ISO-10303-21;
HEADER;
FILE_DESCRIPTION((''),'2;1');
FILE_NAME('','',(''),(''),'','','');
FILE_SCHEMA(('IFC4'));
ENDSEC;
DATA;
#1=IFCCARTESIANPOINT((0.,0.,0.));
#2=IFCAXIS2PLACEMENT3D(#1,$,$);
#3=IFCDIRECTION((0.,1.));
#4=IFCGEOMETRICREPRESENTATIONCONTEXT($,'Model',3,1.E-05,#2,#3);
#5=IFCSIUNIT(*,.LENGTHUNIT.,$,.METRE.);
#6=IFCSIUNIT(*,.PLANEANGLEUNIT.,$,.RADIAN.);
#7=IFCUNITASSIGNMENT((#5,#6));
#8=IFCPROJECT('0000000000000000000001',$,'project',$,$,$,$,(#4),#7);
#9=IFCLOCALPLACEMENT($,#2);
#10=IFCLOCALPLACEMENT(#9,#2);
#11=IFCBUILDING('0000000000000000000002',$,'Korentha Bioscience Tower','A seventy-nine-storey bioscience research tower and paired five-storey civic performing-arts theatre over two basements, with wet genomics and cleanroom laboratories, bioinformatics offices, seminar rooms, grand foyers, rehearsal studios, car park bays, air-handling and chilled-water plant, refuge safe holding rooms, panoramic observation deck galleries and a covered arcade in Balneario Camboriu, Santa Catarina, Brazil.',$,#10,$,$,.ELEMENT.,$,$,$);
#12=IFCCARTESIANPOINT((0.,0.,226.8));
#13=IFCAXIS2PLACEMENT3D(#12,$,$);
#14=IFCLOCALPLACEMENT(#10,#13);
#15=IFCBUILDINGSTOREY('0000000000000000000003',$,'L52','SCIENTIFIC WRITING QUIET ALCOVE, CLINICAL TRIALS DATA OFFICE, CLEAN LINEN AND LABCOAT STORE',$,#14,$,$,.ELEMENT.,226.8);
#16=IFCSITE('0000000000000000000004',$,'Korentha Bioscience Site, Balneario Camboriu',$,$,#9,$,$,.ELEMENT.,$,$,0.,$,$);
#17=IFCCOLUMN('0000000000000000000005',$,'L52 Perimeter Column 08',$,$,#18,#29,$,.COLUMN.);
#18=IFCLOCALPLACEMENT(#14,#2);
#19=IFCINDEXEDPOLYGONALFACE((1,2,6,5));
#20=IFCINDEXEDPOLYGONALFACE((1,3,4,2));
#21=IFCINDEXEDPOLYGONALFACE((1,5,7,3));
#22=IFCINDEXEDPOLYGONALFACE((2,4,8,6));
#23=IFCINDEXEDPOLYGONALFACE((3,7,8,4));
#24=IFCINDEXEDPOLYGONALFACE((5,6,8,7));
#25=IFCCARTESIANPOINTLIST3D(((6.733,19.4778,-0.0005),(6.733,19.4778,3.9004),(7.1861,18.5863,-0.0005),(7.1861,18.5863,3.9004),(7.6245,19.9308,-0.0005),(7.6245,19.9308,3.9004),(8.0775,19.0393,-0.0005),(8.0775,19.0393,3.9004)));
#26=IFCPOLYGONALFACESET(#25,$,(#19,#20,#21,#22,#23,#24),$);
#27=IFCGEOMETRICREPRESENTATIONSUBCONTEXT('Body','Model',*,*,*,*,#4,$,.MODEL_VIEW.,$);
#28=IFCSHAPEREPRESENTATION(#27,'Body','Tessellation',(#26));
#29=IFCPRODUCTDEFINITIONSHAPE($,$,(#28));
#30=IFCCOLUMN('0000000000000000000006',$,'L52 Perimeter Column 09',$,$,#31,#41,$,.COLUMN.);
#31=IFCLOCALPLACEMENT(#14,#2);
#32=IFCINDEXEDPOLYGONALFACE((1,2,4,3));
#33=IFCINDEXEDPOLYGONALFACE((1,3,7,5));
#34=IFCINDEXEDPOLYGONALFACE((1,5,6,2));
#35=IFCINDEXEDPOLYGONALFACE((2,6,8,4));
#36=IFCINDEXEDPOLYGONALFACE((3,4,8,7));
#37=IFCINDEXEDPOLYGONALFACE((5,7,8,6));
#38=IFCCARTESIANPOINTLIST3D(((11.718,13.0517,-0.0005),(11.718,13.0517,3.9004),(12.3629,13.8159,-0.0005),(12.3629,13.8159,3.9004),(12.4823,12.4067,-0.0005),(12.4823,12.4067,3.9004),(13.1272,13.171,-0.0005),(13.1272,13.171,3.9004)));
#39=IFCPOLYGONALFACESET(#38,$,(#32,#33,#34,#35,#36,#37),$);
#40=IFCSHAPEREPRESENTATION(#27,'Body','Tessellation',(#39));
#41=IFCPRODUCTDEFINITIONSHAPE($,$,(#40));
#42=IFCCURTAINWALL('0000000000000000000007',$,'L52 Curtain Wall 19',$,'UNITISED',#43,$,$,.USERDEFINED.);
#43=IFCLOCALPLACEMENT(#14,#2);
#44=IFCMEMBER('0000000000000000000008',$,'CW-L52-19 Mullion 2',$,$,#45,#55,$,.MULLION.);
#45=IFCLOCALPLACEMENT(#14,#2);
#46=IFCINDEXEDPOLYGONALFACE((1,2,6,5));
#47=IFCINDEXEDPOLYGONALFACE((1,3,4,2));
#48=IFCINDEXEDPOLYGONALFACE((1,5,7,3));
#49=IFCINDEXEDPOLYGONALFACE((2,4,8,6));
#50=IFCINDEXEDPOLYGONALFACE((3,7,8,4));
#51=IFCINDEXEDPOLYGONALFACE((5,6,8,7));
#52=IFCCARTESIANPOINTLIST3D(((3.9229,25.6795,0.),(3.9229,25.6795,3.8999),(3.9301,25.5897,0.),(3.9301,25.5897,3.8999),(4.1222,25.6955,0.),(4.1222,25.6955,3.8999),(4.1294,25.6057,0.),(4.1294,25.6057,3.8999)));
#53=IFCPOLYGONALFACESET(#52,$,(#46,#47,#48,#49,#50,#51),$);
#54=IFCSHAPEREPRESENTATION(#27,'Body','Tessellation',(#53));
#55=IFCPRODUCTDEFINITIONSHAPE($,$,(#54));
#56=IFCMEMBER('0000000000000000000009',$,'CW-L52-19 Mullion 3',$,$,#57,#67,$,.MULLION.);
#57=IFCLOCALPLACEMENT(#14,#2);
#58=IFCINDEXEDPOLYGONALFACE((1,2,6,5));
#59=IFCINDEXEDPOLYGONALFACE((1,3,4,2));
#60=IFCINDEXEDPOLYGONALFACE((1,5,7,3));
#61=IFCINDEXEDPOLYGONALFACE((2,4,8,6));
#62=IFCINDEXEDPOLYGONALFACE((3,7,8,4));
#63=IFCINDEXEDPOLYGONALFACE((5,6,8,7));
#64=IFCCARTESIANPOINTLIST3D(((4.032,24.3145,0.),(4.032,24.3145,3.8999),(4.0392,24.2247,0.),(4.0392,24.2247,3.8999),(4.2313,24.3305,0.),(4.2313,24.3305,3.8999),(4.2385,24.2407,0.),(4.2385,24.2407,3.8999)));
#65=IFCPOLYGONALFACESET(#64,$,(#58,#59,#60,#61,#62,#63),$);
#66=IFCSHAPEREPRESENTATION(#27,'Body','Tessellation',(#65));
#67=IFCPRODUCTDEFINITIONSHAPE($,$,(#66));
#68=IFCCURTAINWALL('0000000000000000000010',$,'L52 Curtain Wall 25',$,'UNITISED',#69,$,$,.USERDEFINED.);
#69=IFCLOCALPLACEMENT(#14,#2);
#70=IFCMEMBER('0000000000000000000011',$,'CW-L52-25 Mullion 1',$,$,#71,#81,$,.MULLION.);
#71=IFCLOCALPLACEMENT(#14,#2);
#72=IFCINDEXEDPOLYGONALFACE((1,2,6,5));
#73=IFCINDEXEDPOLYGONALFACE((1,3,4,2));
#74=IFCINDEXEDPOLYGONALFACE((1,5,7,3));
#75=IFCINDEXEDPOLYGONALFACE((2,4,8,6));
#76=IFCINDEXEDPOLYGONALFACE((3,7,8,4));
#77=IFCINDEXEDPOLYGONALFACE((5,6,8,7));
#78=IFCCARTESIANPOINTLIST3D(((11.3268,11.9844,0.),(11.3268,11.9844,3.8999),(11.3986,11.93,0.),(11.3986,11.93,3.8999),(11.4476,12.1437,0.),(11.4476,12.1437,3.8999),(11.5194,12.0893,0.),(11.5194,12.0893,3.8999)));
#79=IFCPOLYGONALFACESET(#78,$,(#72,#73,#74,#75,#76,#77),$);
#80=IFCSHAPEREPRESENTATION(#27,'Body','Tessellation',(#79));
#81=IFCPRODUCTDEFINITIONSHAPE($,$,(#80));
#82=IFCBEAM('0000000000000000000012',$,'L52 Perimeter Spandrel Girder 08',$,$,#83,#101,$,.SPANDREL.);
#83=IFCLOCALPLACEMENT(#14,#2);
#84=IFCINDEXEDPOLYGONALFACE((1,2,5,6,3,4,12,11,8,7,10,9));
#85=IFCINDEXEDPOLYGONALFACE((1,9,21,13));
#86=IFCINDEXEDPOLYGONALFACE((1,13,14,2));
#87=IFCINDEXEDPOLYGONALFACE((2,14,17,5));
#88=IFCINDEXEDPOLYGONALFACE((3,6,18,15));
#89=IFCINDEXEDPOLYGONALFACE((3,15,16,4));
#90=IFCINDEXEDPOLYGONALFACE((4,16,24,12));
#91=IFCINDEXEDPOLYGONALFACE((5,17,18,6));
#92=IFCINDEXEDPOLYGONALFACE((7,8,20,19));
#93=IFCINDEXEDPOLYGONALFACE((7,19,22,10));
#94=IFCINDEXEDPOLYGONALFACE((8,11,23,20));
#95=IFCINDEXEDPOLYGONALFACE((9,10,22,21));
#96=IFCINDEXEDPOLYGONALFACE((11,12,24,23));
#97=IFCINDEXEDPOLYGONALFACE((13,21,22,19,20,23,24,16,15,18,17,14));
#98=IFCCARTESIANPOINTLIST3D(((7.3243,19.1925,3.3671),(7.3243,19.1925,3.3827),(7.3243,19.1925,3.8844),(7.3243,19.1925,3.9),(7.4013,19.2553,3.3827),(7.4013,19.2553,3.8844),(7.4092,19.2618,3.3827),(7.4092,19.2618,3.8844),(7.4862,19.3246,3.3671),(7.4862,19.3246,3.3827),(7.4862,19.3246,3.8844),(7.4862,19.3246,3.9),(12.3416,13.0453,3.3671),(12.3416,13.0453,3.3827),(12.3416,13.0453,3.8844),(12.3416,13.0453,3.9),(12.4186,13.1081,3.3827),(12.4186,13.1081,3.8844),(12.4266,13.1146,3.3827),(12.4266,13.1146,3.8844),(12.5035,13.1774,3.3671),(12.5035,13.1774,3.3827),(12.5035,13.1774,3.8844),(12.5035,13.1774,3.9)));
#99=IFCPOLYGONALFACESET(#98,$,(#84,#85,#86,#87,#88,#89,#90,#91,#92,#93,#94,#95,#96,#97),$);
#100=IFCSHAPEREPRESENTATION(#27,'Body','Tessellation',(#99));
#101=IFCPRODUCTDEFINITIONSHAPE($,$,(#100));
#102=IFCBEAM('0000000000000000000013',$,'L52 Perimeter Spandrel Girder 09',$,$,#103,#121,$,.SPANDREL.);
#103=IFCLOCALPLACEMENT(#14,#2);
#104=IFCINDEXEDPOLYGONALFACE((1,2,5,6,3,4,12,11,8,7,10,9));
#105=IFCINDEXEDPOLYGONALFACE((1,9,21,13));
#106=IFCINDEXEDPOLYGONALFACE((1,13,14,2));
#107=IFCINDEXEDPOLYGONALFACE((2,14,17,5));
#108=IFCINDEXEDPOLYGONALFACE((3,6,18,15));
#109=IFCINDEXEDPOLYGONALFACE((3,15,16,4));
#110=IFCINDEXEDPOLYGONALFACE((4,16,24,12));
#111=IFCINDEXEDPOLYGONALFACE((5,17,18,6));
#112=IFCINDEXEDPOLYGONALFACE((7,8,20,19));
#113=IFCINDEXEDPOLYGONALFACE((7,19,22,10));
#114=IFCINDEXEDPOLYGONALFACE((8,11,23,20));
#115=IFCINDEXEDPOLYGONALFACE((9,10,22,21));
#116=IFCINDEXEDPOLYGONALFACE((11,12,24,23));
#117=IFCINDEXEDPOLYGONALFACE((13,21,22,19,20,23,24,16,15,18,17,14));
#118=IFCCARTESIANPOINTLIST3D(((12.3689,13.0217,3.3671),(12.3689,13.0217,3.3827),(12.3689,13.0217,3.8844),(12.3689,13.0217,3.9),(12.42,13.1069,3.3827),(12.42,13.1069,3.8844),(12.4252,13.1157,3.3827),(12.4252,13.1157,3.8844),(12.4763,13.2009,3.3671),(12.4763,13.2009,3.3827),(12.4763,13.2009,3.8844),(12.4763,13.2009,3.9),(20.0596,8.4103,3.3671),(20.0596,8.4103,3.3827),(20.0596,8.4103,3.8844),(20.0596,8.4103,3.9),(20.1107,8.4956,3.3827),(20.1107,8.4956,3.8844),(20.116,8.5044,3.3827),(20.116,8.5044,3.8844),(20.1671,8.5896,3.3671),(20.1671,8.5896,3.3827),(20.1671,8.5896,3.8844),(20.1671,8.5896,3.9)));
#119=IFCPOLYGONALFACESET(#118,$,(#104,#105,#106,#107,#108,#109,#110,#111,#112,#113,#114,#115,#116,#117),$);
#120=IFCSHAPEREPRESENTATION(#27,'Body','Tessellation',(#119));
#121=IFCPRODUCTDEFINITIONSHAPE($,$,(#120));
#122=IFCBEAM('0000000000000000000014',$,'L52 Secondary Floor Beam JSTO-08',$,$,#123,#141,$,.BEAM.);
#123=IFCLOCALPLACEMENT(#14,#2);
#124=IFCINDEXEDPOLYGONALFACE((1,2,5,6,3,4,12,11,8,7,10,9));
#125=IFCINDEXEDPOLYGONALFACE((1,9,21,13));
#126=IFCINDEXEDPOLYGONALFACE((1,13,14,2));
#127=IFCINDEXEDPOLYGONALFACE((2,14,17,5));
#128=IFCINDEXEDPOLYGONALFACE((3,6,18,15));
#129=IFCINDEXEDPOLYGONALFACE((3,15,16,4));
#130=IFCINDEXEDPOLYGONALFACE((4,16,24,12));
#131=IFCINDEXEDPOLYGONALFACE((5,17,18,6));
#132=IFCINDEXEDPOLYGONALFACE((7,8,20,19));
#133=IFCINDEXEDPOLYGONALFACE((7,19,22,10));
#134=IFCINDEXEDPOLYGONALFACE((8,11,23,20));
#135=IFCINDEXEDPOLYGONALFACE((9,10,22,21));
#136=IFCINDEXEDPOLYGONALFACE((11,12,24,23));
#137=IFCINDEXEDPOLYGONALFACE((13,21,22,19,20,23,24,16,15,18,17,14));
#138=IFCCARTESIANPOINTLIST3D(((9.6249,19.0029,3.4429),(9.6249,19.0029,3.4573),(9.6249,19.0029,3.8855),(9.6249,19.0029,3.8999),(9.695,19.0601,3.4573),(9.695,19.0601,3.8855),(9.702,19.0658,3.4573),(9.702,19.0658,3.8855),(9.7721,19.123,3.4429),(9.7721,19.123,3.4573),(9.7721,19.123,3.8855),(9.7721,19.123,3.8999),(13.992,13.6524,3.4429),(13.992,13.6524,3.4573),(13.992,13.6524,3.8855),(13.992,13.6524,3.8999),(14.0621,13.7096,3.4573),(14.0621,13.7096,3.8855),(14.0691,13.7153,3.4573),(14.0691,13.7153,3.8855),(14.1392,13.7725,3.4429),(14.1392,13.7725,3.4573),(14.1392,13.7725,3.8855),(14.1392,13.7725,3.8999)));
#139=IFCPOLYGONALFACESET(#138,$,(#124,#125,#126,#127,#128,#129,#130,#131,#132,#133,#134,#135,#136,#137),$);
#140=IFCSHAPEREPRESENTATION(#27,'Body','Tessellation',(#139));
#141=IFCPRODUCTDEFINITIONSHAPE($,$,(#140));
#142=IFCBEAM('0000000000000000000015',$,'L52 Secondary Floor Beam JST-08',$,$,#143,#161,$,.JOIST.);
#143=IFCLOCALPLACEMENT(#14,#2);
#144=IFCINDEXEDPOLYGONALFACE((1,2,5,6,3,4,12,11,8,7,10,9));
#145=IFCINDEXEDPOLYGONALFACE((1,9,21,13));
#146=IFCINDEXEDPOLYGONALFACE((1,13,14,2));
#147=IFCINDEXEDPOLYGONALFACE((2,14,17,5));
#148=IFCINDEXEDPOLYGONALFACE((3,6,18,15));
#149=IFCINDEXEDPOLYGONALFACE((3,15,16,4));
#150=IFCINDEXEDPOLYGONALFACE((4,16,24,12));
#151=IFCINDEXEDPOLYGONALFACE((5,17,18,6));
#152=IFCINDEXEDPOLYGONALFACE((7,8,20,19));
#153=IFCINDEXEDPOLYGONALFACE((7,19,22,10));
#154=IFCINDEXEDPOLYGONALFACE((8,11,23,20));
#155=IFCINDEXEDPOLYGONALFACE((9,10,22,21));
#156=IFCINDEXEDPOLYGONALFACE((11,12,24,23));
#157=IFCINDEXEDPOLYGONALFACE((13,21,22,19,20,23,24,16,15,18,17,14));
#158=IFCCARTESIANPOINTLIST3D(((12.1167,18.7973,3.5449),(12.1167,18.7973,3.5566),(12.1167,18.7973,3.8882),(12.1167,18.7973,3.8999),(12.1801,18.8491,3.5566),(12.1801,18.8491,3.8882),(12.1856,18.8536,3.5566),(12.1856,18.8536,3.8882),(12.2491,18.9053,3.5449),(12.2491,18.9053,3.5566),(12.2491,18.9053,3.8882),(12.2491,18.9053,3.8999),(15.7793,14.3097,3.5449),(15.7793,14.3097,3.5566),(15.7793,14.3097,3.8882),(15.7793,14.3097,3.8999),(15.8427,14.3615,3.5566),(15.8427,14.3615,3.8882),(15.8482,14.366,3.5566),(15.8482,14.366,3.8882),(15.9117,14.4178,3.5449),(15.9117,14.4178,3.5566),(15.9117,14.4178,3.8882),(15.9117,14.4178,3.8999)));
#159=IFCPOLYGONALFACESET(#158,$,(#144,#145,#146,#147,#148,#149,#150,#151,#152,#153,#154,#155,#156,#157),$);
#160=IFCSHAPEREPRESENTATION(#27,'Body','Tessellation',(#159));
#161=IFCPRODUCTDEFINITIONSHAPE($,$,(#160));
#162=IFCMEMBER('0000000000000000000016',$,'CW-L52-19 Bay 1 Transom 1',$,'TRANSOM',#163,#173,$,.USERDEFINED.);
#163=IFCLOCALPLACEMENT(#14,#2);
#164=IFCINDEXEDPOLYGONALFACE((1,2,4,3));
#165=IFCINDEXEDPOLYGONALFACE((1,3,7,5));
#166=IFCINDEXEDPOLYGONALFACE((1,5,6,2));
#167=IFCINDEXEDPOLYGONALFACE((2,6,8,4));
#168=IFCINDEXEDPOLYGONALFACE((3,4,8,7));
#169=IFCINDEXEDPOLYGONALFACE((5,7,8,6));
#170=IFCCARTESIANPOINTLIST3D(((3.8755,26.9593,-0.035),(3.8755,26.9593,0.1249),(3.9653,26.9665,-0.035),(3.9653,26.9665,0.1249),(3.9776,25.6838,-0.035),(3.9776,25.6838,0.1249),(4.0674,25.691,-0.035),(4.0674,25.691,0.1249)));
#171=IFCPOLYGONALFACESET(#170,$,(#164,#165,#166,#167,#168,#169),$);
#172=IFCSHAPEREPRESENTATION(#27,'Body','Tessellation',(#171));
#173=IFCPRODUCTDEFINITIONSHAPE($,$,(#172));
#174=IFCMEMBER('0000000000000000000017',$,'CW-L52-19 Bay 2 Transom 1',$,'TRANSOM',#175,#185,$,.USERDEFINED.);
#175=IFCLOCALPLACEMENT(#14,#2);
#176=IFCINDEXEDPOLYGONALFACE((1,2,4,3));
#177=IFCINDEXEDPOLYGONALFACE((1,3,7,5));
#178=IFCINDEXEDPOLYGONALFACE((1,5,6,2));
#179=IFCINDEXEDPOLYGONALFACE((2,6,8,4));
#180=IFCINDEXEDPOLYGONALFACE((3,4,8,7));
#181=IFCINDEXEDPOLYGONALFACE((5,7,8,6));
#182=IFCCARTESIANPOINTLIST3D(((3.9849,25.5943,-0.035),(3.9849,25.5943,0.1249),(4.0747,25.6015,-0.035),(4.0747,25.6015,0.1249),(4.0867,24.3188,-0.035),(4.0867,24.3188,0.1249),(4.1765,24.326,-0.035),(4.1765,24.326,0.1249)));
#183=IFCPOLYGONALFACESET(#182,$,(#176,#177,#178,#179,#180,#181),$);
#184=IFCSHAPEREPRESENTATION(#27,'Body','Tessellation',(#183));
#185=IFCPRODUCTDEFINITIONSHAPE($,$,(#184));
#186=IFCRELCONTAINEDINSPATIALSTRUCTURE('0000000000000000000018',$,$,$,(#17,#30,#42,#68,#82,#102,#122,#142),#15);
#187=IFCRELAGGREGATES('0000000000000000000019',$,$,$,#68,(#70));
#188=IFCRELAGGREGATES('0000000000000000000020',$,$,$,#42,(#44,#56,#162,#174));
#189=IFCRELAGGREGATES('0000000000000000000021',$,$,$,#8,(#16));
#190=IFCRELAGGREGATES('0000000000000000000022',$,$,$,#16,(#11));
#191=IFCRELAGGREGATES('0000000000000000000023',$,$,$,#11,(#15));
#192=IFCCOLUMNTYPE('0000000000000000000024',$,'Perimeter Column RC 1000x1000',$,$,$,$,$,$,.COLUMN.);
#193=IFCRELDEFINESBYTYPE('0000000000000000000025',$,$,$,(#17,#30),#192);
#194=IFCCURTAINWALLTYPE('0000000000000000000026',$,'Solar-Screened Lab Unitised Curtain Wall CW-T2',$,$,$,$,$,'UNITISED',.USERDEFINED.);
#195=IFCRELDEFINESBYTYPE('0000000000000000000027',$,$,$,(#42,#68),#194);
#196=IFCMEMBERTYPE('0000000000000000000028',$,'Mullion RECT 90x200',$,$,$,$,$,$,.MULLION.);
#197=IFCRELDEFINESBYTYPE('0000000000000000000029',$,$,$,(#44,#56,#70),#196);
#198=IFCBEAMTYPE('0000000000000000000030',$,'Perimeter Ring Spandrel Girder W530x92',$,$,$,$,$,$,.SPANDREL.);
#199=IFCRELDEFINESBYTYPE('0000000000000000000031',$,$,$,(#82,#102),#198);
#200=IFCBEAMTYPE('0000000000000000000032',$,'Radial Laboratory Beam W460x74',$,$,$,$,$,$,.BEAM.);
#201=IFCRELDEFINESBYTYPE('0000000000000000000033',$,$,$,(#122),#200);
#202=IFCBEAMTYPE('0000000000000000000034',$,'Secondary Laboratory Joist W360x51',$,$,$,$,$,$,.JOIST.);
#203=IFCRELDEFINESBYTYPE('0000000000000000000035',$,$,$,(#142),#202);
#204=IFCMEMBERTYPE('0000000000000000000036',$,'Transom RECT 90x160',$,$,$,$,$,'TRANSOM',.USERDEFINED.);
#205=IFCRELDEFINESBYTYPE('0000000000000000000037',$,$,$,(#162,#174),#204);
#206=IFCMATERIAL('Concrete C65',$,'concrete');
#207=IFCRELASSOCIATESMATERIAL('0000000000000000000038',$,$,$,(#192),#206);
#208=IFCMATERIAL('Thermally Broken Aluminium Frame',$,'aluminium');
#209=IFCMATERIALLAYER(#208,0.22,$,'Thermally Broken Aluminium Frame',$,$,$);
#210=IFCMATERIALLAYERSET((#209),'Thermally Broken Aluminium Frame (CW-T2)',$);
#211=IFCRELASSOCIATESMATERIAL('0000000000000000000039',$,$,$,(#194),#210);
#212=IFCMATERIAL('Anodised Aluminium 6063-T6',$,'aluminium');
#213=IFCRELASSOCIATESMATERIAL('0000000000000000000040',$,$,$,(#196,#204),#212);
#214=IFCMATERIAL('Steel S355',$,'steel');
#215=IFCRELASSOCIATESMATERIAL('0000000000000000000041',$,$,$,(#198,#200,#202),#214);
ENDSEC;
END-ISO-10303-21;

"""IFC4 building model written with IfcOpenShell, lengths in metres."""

from ifc_helpers import new_model, si_unit, direction, frame, origin, origin_2d, place, context, subcontext, project, spatial, rectangle, i_section, extrude, material, layer, layer_set, material_profile, profile_set, type_object, element, aggregate, save


model = new_model("IFC4")

# Units and contexts
model_context = context("Model", 3, precision=1e-05, world=origin(), true_north=direction((0.0, 1.0)))
body_context = subcontext(model_context, "Body", "Model", "MODEL_VIEW")
ifc_project = project(units=[si_unit("LENGTHUNIT", "METRE"), si_unit("PLANEANGLEUNIT", "RADIAN")], contexts=[model_context])

# Site, building, storey
site_placement = place(None, origin())
site = spatial("IfcSite", under=ifc_project, at=site_placement, Name="Korentha Bioscience Site, Balneario Camboriu", CompositionType="ELEMENT", RefElevation=0.0)
building_placement = place(site_placement, origin())
building = spatial("IfcBuilding", under=site, at=building_placement, Name="Korentha Bioscience Tower", Description="A seventy-nine-storey bioscience research tower and paired five-storey civic performing-arts theatre over two basements, with wet genomics and cleanroom laboratories, bioinformatics offices, seminar rooms, grand foyers, rehearsal studios, car park bays, air-handling and chilled-water plant, refuge safe holding rooms, panoramic observation deck galleries and a covered arcade in Balneario Camboriu, Santa Catarina, Brazil.", CompositionType="ELEMENT")
storey_placement = place(building_placement, frame((0.0, 0.0, 226.8)))
storey = spatial("IfcBuildingStorey", under=building, at=storey_placement, Name="L52", Description="SCIENTIFIC WRITING QUIET ALCOVE, CLINICAL TRIALS DATA OFFICE, CLEAN LINEN AND LABCOAT STORE", CompositionType="ELEMENT", Elevation=226.8)

# Columns
ifc_material_1 = material(Name="Concrete C65", Category="concrete")
ifc_material_profile_1 = material_profile(ifc_material_1, rectangle(XDim=1.0, YDim=1.0, at=origin_2d()), Name="Concrete C65")
ifc_profile_set_1 = profile_set([ifc_material_profile_1], Name="Concrete C65 (COL-P10)")
column_type = type_object("IfcColumnType", Name="Perimeter Column RC 1000x1000", PredefinedType="COLUMN", material=ifc_profile_set_1)
for number, where, z_axis, x_axis, name in (
    (1, (7.4053, 19.2585, -0.0005), (0.0, 0.0, 1.0), (-0.453057, 0.891481, 0.0), "L52 Perimeter Column 08"),
    (2, (12.4226, 13.1113, -0.0005), (0.0, 0.0, 1.0), (-0.764246, 0.644924, 0.0), "L52 Perimeter Column 09"),
):
    element("IfcColumn", number, at=place(storey_placement, frame(where, z_axis=z_axis, x_axis=x_axis)), inside=storey, type_object=column_type, Name=name, PredefinedType="COLUMN", context=body_context, shape_type="SweptSolid", body=[
        extrude(rectangle(XDim=1.0, YDim=1.0, at=origin_2d()), origin(), (0.0, 0.0, 1.0), 3.9009),
    ])

# Curtain wall, members
ifc_material_2 = material(Name="Thermally Broken Aluminium Frame", Category="aluminium")
ifc_layer_1 = layer(ifc_material_2, 0.22, Name="Thermally Broken Aluminium Frame")
ifc_layer_set_1 = layer_set([ifc_layer_1], Name="Thermally Broken Aluminium Frame (CW-T2)")
curtain_wall_type = type_object("IfcCurtainWallType", Name="Solar-Screened Lab Unitised Curtain Wall CW-T2", ElementType="UNITISED", PredefinedType="USERDEFINED", material=ifc_layer_set_1)
curtain_wall_1_placement = place(storey_placement, origin())
curtain_wall_1 = element("IfcCurtainWall", 3, at=curtain_wall_1_placement, inside=storey, type_object=curtain_wall_type, Name="L52 Curtain Wall 19", ObjectType="UNITISED", PredefinedType="USERDEFINED")
ifc_material_3 = material(Name="Anodised Aluminium 6063-T6", Category="aluminium")
ifc_material_profile_2 = material_profile(ifc_material_3, rectangle(XDim=0.0901, YDim=0.2, at=origin_2d()), Name="Anodised Aluminium 6063-T6")
ifc_profile_set_2 = profile_set([ifc_material_profile_2], Name="Anodised Aluminium 6063-T6 (CW-MUL)")
member_type_1 = type_object("IfcMemberType", Name="Mullion RECT 90x200", PredefinedType="MULLION", material=ifc_profile_set_2)
member_1_placement = place(storey_placement, frame((4.0261, 25.6426, 0.0), z_axis=(0.0, 0.0, 1.0), x_axis=(0.079748, -0.996815, 0.0)))
member_1 = element("IfcMember", 4, at=member_1_placement, type_object=member_type_1, Name="CW-L52-19 Mullion 2", PredefinedType="MULLION", context=body_context, shape_type="SweptSolid", body=[
    extrude(rectangle(XDim=0.0901, YDim=0.2, at=origin_2d()), origin(), (0.0, 0.0, 1.0), 3.8999),
])
member_2_placement = place(storey_placement, frame((4.1353, 24.2776, 0.0), z_axis=(0.0, 0.0, 1.0), x_axis=(0.079748, -0.996815, 0.0)))
member_2 = element("IfcMember", 5, at=member_2_placement, type_object=member_type_1, Name="CW-L52-19 Mullion 3", PredefinedType="MULLION", context=body_context, shape_type="SweptSolid", body=[
    extrude(rectangle(XDim=0.0901, YDim=0.2, at=origin_2d()), origin(), (0.0, 0.0, 1.0), 3.8999),
])

# Curtain wall, member
curtain_wall_2_placement = place(storey_placement, origin())
curtain_wall_2 = element("IfcCurtainWall", 6, at=curtain_wall_2_placement, inside=storey, type_object=curtain_wall_type, Name="L52 Curtain Wall 25", ObjectType="UNITISED", PredefinedType="USERDEFINED")
member_3_placement = place(storey_placement, frame((11.4231, 12.0369, 0.0), z_axis=(0.0, 0.0, 1.0), x_axis=(0.796889, -0.604126, 0.0)))
member_3 = element("IfcMember", 7, at=member_3_placement, type_object=member_type_1, Name="CW-L52-25 Mullion 1", PredefinedType="MULLION", context=body_context, shape_type="SweptSolid", body=[
    extrude(rectangle(XDim=0.0901, YDim=0.2, at=origin_2d()), origin(), (0.0, 0.0, 1.0), 3.8999),
])

# Beams
ifc_material_4 = material(Name="Steel S355", Category="steel")
ifc_material_profile_3 = material_profile(ifc_material_4, i_section(OverallWidth=0.209, OverallDepth=0.533, WebThickness=0.0103, FlangeThickness=0.0156, at=origin_2d()), Name="Steel S355")
ifc_profile_set_3 = profile_set([ifc_material_profile_3], Name="Steel S355 (SB-530)")
beam_type_1 = type_object("IfcBeamType", Name="Perimeter Ring Spandrel Girder W530x92", PredefinedType="SPANDREL", material=ifc_profile_set_3)
beam_1_placement = place(storey_placement, frame((7.4053, 19.2585, 3.6335), z_axis=(0.632316, -0.774711, 0.0), x_axis=(0.774711, 0.632316, 0.0)))
element("IfcBeam", 8, at=beam_1_placement, inside=storey, type_object=beam_type_1, Name="L52 Perimeter Spandrel Girder 08", PredefinedType="SPANDREL", context=body_context, shape_type="SweptSolid", body=[
    extrude(i_section(OverallWidth=0.209, OverallDepth=0.533, WebThickness=0.0103, FlangeThickness=0.0156, at=origin_2d()), origin(), (0.0, 0.0, 1.0), 7.9348),
])
beam_2_placement = place(storey_placement, frame((12.4226, 13.1113, 3.6335), z_axis=(0.857644, -0.514243, 0.0), x_axis=(0.514243, 0.857644, 0.0)))
element("IfcBeam", 9, at=beam_2_placement, inside=storey, type_object=beam_type_1, Name="L52 Perimeter Spandrel Girder 09", PredefinedType="SPANDREL", context=body_context, shape_type="SweptSolid", body=[
    extrude(i_section(OverallWidth=0.209, OverallDepth=0.533, WebThickness=0.0103, FlangeThickness=0.0156, at=origin_2d()), origin(), (0.0, 0.0, 1.0), 8.9673),
])
ifc_material_profile_4 = material_profile(ifc_material_4, i_section(OverallWidth=0.1899, OverallDepth=0.457, WebThickness=0.009, FlangeThickness=0.0144, at=origin_2d()), Name="Steel S355")
ifc_profile_set_4 = profile_set([ifc_material_profile_4], Name="Steel S355 (RB-460)")
beam_type_2 = type_object("IfcBeamType", Name="Radial Laboratory Beam W460x74", PredefinedType="BEAM", material=ifc_profile_set_4)
beam_3_placement = place(storey_placement, frame((9.6985, 19.063, 3.6714), z_axis=(0.632321, -0.774706, 0.0), x_axis=(0.774706, 0.632321, 0.0)))
element("IfcBeam", 10, at=beam_3_placement, inside=storey, type_object=beam_type_2, Name="L52 Secondary Floor Beam JSTO-08", PredefinedType="BEAM", context=body_context, shape_type="SweptSolid", body=[
    extrude(i_section(OverallWidth=0.1899, OverallDepth=0.457, WebThickness=0.009, FlangeThickness=0.0144, at=origin_2d()), origin(), (0.0, 0.0, 1.0), 6.9065),
])
ifc_material_profile_5 = material_profile(ifc_material_4, i_section(OverallWidth=0.1709, OverallDepth=0.355, WebThickness=0.0071, FlangeThickness=0.0117, at=origin_2d()), Name="Steel S355")
ifc_profile_set_5 = profile_set([ifc_material_profile_5], Name="Steel S355 (JB-360)")
beam_type_3 = type_object("IfcBeamType", Name="Secondary Laboratory Joist W360x51", PredefinedType="JOIST", material=ifc_profile_set_5)
beam_4_placement = place(storey_placement, frame((12.1829, 18.8513, 3.7224), z_axis=(0.632303, -0.774721, 0.0), x_axis=(0.774721, 0.632303, 0.0)))
element("IfcBeam", 11, at=beam_4_placement, inside=storey, type_object=beam_type_3, Name="L52 Secondary Floor Beam JST-08", PredefinedType="JOIST", context=body_context, shape_type="SweptSolid", body=[
    extrude(i_section(OverallWidth=0.1709, OverallDepth=0.355, WebThickness=0.0071, FlangeThickness=0.0117, at=origin_2d()), origin(), (0.0, 0.0, 1.0), 5.7925),
])

# Members
ifc_material_profile_6 = material_profile(ifc_material_3, rectangle(XDim=0.0901, YDim=0.1599, at=origin_2d()), Name="Anodised Aluminium 6063-T6")
ifc_profile_set_6 = profile_set([ifc_material_profile_6], Name="Anodised Aluminium 6063-T6 (CW-TRN)")
member_type_2 = type_object("IfcMemberType", Name="Transom RECT 90x160", ElementType="TRANSOM", PredefinedType="USERDEFINED", material=ifc_profile_set_6)
member_4_placement = place(storey_placement, frame((3.9204, 26.9629, 0.0449), z_axis=(0.07976, -0.996814, 0.0), x_axis=(0.996814, 0.07976, 0.0)))
member_4 = element("IfcMember", 12, at=member_4_placement, type_object=member_type_2, Name="CW-L52-19 Bay 1 Transom 1", ObjectType="TRANSOM", PredefinedType="USERDEFINED", context=body_context, shape_type="SweptSolid", body=[
    extrude(rectangle(XDim=0.0901, YDim=0.1599, at=origin_2d()), origin(), (0.0, 0.0, 1.0), 1.2795),
])
member_5_placement = place(storey_placement, frame((4.0298, 25.5979, 0.0449), z_axis=(0.079571, -0.996829, 0.0), x_axis=(0.996829, 0.079571, 0.0)))
member_5 = element("IfcMember", 13, at=member_5_placement, type_object=member_type_2, Name="CW-L52-19 Bay 2 Transom 1", ObjectType="TRANSOM", PredefinedType="USERDEFINED", context=body_context, shape_type="SweptSolid", body=[
    extrude(rectangle(XDim=0.0901, YDim=0.1599, at=origin_2d()), origin(), (0.0, 0.0, 1.0), 1.2795),
])
aggregate(curtain_wall_2, [member_3])

aggregate(curtain_wall_1, [member_1, member_2, member_4, member_5])

save(model, "model.ifc")
